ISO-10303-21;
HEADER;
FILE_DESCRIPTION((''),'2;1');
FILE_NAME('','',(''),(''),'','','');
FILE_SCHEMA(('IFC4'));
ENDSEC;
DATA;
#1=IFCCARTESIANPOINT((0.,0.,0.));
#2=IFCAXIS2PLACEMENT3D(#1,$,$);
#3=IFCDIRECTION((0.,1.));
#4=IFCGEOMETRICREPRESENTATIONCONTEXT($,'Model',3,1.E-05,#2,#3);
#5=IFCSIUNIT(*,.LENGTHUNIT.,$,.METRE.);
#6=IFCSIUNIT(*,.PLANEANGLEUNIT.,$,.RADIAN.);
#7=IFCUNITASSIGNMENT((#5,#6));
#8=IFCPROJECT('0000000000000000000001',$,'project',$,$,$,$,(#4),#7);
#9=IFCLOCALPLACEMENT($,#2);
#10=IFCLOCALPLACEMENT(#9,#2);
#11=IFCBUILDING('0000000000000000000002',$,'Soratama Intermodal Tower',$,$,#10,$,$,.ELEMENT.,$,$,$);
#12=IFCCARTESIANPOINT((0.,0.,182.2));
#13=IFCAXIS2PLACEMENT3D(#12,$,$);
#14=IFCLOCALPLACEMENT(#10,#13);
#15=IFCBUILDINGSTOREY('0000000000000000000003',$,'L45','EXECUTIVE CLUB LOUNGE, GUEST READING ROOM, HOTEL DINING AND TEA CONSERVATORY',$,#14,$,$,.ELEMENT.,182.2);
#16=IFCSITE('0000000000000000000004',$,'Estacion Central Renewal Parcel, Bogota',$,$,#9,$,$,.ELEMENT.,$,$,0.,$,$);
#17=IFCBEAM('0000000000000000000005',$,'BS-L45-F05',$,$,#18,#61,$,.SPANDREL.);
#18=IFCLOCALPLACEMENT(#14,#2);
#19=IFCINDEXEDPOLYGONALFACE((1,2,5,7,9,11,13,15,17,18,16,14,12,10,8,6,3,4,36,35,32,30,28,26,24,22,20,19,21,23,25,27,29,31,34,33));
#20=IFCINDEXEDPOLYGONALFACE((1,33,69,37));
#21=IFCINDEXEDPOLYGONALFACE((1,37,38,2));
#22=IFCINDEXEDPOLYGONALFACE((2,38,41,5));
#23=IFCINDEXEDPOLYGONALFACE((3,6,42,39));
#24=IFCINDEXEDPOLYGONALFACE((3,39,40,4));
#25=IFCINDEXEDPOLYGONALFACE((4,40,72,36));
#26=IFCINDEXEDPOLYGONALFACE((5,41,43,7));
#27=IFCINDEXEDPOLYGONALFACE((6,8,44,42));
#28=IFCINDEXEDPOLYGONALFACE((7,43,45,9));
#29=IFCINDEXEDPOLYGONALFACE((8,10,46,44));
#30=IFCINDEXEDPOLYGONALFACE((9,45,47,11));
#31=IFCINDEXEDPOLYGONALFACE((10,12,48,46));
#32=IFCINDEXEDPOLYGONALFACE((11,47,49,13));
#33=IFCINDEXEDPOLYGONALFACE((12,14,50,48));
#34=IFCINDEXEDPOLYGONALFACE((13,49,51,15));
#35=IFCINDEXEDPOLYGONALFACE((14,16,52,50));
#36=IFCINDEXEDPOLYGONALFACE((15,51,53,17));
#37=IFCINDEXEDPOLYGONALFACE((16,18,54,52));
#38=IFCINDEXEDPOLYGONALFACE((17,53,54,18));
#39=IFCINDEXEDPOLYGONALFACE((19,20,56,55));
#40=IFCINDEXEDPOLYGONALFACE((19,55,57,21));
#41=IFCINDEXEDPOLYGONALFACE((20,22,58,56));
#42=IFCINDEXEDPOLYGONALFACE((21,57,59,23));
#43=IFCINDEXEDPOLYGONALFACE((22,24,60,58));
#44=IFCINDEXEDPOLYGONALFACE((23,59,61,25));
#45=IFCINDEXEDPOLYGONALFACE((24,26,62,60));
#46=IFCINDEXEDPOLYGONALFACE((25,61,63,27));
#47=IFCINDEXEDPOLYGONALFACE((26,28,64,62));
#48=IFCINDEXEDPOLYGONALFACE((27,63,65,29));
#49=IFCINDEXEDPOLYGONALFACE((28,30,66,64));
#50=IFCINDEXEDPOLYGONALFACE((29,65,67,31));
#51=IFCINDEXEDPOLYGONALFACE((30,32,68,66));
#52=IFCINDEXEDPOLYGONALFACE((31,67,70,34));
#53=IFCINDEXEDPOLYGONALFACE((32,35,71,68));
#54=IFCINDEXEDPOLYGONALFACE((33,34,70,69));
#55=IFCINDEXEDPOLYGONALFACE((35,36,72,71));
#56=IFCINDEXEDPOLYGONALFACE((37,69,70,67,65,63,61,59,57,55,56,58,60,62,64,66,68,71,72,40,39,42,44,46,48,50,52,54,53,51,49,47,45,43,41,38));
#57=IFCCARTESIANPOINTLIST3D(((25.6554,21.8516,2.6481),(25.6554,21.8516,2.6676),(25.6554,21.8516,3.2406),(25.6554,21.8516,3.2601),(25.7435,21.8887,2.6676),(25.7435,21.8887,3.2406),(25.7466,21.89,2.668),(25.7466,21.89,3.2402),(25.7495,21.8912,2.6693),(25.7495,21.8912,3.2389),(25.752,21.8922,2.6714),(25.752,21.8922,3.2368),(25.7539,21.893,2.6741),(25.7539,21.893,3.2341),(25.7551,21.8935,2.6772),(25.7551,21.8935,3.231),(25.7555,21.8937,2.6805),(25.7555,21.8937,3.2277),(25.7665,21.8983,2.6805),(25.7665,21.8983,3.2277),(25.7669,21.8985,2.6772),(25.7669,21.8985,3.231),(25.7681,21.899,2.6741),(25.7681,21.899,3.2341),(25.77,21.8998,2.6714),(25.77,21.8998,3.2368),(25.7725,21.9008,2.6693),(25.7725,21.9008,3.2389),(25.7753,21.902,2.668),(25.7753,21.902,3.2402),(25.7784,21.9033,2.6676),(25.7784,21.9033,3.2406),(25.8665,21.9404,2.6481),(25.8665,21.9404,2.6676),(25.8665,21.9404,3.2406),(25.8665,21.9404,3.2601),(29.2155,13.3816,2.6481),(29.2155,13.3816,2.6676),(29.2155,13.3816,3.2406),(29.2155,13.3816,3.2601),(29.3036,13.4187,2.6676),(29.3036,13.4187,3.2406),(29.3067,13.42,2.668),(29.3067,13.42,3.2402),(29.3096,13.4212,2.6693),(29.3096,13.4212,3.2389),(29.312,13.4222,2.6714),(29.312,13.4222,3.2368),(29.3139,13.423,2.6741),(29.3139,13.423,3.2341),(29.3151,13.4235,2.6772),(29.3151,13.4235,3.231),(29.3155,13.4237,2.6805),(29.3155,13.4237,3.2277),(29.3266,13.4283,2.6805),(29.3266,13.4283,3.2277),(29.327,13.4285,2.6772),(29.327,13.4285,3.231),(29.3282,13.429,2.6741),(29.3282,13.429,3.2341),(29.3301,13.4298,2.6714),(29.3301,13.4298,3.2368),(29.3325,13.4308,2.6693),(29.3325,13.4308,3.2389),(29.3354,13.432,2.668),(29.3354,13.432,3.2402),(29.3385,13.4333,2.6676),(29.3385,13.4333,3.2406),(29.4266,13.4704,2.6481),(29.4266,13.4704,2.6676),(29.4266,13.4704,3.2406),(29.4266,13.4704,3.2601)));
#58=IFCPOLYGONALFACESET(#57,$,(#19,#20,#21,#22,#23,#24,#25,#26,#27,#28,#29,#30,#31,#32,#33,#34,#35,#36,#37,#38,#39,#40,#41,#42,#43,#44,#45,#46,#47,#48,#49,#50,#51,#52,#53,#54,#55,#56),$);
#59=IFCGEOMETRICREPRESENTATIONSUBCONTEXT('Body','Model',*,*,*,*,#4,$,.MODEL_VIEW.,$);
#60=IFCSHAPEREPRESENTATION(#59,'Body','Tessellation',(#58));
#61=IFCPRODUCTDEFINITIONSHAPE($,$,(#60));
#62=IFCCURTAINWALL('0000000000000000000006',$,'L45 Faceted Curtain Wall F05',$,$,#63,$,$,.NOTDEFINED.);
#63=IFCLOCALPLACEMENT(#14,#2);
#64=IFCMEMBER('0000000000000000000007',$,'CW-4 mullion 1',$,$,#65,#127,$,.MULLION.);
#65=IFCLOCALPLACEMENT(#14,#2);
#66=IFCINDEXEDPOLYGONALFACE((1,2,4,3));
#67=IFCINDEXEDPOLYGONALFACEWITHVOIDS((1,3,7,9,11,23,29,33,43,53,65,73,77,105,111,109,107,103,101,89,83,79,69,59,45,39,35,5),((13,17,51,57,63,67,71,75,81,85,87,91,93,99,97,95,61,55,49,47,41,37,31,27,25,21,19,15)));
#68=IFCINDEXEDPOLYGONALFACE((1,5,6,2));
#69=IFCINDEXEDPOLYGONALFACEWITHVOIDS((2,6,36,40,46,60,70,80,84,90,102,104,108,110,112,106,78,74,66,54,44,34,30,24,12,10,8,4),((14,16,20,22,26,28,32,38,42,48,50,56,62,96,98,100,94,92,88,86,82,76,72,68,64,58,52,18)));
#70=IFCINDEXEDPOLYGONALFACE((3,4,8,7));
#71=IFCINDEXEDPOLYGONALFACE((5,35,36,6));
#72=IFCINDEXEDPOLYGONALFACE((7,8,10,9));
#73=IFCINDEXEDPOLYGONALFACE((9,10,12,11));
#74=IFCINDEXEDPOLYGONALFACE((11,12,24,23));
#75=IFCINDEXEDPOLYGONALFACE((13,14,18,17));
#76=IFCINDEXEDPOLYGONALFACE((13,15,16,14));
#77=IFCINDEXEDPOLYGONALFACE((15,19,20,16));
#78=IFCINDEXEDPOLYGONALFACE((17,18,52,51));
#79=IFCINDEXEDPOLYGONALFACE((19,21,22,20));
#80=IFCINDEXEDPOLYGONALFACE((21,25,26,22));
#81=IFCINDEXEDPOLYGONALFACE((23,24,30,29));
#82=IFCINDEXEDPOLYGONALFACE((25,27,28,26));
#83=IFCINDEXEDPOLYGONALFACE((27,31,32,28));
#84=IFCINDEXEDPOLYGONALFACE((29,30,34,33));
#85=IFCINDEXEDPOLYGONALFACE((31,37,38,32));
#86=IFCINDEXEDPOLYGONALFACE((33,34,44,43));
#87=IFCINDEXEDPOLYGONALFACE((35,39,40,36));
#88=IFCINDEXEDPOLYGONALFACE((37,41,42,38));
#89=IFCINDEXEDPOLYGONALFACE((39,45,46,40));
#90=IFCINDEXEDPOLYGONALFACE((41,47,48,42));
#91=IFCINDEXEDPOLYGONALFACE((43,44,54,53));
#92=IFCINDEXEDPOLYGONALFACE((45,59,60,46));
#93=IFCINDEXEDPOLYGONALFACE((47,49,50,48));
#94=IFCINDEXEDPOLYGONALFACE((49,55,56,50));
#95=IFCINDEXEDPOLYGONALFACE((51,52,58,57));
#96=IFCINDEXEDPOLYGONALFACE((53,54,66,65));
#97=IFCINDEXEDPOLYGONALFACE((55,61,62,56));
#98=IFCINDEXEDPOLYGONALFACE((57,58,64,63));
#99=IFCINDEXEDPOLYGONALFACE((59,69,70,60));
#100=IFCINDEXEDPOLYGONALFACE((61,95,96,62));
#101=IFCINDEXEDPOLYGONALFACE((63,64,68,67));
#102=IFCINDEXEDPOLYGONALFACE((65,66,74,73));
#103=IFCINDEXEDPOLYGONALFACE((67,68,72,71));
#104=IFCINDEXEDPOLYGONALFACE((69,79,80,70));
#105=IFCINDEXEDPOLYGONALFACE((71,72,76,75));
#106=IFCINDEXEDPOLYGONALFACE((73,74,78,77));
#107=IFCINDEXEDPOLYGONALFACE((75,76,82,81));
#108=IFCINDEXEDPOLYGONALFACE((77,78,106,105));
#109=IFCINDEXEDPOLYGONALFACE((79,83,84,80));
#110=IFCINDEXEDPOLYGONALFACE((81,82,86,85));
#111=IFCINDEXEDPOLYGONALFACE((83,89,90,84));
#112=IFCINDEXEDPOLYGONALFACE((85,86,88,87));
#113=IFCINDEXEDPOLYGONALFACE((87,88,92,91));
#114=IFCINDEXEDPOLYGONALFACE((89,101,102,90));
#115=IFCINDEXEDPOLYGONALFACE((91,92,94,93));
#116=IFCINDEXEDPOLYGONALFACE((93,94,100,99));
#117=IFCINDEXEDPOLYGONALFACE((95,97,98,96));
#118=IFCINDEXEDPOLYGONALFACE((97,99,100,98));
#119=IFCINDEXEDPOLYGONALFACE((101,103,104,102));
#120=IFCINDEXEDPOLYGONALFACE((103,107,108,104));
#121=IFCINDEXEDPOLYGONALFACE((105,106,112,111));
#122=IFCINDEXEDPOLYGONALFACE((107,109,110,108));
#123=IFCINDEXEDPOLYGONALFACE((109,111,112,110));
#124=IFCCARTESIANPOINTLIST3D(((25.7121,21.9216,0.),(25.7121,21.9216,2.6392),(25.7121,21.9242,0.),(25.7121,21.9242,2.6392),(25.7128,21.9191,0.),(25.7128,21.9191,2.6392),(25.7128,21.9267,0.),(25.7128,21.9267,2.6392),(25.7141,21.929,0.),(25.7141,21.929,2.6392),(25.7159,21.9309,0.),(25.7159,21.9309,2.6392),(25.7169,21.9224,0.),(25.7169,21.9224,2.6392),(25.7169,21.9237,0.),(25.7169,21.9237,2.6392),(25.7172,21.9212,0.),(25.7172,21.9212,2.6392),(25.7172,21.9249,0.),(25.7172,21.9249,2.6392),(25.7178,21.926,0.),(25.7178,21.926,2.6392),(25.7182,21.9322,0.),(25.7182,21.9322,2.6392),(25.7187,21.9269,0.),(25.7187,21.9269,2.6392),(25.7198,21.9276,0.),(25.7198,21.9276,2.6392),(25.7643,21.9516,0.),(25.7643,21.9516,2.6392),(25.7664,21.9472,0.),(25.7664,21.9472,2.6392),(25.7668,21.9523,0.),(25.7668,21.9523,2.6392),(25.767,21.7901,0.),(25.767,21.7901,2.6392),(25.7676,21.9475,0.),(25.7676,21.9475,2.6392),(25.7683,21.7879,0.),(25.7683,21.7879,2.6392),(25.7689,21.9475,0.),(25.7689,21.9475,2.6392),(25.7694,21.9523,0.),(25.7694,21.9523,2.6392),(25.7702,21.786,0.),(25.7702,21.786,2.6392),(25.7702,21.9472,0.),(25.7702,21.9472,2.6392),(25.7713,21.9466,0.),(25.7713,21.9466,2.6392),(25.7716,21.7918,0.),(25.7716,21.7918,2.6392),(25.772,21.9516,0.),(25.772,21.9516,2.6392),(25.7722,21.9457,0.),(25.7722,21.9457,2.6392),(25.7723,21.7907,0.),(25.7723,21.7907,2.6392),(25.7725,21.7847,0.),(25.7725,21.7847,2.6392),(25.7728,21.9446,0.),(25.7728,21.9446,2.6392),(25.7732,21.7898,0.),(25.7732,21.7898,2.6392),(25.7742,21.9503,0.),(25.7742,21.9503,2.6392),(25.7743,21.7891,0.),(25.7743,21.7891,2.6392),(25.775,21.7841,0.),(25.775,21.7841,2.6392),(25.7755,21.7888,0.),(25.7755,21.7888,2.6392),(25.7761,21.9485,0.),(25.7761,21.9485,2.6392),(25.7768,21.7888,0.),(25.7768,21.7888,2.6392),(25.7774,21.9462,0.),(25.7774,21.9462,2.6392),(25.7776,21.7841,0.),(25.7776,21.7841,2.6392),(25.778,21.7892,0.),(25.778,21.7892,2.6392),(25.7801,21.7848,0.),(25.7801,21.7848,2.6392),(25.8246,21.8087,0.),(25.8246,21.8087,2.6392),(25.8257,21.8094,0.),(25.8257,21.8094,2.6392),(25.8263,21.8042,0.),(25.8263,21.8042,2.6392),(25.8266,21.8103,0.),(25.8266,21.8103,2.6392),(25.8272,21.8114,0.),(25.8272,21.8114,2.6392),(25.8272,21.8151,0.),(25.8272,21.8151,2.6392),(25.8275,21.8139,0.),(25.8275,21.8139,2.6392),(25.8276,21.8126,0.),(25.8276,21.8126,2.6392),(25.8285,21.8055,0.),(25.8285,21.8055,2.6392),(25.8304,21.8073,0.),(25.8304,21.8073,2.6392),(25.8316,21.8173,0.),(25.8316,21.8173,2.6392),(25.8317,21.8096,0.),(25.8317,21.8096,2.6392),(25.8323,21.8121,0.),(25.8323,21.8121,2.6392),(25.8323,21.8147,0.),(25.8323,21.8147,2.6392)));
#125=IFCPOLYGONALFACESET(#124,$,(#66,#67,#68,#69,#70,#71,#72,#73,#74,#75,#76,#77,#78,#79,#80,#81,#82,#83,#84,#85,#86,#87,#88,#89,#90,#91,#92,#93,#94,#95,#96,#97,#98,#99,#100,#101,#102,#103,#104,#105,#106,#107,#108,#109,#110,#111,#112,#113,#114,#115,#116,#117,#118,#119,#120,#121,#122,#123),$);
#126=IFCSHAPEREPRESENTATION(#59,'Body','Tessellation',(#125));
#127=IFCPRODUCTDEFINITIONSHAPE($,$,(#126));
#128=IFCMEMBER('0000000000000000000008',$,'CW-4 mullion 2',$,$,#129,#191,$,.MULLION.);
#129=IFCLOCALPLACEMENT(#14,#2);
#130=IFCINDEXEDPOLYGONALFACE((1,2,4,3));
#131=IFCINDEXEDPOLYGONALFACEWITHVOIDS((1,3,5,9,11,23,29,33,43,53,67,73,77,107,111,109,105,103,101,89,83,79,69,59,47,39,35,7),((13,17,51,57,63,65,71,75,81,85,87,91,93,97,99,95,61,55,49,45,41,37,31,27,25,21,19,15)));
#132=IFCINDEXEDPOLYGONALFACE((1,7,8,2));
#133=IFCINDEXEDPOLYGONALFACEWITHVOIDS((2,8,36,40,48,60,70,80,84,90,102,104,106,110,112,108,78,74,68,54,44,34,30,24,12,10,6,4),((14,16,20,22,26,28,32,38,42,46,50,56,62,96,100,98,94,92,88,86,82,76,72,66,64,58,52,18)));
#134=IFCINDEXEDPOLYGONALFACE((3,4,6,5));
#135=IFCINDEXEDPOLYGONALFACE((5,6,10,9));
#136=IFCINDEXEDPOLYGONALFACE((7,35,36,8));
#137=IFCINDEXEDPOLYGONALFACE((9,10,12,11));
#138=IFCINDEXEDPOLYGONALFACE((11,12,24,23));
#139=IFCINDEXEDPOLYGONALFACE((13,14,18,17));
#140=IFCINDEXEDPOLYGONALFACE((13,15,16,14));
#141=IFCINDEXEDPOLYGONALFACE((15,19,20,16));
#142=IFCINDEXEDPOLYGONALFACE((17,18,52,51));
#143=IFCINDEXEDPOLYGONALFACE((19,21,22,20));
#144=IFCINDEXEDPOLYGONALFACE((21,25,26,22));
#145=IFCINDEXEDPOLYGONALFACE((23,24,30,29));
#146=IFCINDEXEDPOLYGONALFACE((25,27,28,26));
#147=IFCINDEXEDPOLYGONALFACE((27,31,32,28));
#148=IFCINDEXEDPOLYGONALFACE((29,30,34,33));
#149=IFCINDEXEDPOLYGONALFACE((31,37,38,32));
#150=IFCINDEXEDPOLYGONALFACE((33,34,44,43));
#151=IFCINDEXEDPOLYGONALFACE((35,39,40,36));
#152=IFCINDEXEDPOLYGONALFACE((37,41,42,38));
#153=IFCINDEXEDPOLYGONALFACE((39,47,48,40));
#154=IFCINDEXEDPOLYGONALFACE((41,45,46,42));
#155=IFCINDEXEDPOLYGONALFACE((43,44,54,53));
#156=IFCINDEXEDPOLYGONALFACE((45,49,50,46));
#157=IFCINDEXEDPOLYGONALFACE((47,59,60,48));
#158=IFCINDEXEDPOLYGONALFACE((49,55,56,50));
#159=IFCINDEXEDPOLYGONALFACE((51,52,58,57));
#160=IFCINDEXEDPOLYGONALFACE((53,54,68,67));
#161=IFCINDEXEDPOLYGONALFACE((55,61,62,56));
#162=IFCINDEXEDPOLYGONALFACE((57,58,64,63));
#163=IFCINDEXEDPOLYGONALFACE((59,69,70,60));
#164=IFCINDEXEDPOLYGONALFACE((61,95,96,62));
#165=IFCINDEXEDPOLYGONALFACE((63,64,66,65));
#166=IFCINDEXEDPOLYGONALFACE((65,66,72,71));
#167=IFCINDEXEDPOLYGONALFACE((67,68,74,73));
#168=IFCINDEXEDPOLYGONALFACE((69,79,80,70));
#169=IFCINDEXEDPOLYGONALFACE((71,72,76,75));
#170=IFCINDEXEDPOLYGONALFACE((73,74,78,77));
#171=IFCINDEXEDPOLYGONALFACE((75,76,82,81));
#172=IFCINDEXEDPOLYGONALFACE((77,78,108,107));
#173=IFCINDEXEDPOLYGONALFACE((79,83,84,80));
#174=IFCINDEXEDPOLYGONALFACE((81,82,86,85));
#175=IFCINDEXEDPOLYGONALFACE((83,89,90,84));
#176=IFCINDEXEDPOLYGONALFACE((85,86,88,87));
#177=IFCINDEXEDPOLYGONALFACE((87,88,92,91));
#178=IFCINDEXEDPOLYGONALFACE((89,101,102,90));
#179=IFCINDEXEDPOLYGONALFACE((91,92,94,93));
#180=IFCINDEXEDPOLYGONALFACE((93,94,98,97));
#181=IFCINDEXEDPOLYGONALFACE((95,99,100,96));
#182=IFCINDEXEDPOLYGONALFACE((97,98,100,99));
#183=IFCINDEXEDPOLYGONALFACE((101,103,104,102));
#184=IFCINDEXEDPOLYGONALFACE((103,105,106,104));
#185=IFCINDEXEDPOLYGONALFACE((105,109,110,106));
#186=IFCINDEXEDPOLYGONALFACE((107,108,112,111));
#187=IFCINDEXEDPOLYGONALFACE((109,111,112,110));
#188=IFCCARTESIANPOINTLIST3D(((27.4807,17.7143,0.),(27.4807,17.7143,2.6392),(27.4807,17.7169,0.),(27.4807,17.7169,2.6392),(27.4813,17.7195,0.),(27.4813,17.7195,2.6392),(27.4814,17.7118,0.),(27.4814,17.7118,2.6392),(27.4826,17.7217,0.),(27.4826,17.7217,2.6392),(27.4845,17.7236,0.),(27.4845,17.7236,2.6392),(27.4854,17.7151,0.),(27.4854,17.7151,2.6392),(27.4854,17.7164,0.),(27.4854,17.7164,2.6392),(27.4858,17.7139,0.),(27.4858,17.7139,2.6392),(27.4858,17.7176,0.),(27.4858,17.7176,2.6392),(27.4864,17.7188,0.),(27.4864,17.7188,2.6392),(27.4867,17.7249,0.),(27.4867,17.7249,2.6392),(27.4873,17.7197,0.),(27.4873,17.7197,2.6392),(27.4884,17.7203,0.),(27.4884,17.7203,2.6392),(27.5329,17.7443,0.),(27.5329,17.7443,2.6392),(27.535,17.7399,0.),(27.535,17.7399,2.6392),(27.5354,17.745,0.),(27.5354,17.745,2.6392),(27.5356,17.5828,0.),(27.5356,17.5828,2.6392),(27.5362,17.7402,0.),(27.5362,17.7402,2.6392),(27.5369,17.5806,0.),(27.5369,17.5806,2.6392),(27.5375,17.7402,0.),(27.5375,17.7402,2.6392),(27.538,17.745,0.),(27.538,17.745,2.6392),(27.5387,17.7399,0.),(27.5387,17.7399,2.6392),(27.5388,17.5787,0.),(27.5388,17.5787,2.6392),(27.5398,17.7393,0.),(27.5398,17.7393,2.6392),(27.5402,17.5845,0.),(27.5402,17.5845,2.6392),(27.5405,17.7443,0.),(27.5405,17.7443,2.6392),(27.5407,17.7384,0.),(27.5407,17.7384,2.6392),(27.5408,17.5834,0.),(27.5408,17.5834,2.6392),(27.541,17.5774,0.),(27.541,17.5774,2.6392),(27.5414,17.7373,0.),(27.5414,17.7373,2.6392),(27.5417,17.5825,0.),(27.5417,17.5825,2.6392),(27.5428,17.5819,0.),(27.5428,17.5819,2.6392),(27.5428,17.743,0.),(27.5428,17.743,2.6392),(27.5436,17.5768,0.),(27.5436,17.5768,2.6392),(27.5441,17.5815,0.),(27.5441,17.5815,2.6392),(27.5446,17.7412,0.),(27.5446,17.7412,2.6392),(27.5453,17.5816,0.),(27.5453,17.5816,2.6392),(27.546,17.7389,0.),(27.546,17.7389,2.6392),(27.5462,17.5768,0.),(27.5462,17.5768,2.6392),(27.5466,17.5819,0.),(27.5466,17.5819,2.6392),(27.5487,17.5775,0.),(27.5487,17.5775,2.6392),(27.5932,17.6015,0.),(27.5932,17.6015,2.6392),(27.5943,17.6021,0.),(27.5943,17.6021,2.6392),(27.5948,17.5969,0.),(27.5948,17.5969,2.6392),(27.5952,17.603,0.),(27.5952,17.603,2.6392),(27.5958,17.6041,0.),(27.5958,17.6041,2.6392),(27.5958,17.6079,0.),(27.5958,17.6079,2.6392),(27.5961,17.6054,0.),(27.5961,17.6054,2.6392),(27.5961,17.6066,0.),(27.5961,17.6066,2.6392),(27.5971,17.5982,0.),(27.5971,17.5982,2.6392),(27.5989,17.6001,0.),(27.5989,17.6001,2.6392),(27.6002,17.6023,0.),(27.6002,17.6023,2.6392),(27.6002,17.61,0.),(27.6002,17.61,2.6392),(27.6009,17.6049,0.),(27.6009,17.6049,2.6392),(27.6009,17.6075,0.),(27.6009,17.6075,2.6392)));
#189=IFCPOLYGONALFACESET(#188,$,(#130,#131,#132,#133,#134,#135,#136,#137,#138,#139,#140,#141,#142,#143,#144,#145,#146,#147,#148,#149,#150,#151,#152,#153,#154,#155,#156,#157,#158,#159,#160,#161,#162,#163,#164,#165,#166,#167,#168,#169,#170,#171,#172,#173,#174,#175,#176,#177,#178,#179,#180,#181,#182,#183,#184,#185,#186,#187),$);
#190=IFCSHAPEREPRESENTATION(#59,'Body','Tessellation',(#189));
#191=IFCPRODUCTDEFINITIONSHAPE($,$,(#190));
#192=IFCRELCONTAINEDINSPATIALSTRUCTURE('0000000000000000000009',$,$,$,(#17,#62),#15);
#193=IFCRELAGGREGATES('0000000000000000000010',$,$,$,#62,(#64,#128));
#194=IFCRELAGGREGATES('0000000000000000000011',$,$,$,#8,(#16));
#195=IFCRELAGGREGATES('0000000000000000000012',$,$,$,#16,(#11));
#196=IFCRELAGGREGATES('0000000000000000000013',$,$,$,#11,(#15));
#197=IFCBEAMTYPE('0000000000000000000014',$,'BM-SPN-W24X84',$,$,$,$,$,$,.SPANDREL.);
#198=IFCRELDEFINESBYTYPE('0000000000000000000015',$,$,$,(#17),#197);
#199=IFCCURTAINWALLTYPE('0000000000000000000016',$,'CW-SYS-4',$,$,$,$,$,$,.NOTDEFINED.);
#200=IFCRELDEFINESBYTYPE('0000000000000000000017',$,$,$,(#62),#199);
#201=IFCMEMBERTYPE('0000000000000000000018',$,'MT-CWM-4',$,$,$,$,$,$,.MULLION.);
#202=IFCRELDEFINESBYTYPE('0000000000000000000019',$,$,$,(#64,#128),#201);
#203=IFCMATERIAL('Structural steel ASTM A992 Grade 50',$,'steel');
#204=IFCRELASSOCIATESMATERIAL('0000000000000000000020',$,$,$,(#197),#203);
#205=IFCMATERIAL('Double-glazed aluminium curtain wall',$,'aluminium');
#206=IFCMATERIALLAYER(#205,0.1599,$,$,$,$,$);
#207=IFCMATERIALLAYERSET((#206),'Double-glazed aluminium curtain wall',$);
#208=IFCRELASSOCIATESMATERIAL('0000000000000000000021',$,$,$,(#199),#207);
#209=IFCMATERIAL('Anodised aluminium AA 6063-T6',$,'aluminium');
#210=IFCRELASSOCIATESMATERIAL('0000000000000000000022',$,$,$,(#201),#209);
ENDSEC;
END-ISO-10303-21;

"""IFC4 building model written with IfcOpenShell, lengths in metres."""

from ifc_helpers import new_model, si_unit, direction, frame, origin, origin_2d, place, context, subcontext, project, spatial, hollow_rectangle, i_section, extrude, material, layer, layer_set, material_profile, profile_set, type_object, element, aggregate, save


model = new_model("IFC4")

# Units and contexts
model_context = context("Model", 3, precision=1e-05, world=origin(), true_north=direction((0.0, 1.0)))
body_context = subcontext(model_context, "Body", "Model", "MODEL_VIEW")
ifc_project = project(units=[si_unit("LENGTHUNIT", "METRE"), si_unit("PLANEANGLEUNIT", "RADIAN")], contexts=[model_context])

# Site, building, storey
site_placement = place(None, origin())
site = spatial("IfcSite", under=ifc_project, at=site_placement, Name="Estacion Central Renewal Parcel, Bogota", CompositionType="ELEMENT", RefElevation=0.0)
building_placement = place(site_placement, origin())
building = spatial("IfcBuilding", under=site, at=building_placement, Name="Soratama Intermodal Tower", CompositionType="ELEMENT")
storey_placement = place(building_placement, frame((0.0, 0.0, 182.2)))
storey = spatial("IfcBuildingStorey", under=building, at=storey_placement, Name="L45", Description="EXECUTIVE CLUB LOUNGE, GUEST READING ROOM, HOTEL DINING AND TEA CONSERVATORY", CompositionType="ELEMENT", Elevation=182.2)

# Beam
ifc_material_1 = material(Name="Structural steel ASTM A992 Grade 50", Category="steel")
ifc_material_profile_1 = material_profile(ifc_material_1, i_section(OverallWidth=0.229, OverallDepth=0.6121, WebThickness=0.012, FlangeThickness=0.0195, FilletRadius=0.0129, at=origin_2d()), Name="W24X84")
ifc_profile_set_1 = profile_set([ifc_material_profile_1], Name="Structural steel ASTM A992 Grade 50")
beam_type = type_object("IfcBeamType", Name="BM-SPN-W24X84", PredefinedType="SPANDREL", material=ifc_profile_set_1)
beam_placement = place(storey_placement, frame((25.761, 21.896, 2.9541), z_axis=(0.38748, -0.921878, 0.0), x_axis=(0.921878, 0.38748, 0.0)))
element("IfcBeam", 1, at=beam_placement, inside=storey, type_object=beam_type, Name="BS-L45-F05", PredefinedType="SPANDREL", context=body_context, shape_type="SweptSolid", body=[
    extrude(i_section(OverallWidth=0.229, OverallDepth=0.6121, WebThickness=0.012, FlangeThickness=0.0195, FilletRadius=0.0129, at=origin_2d()), origin(), (0.0, 0.0, 1.0), 9.1877),
])

# Curtain wall, members
ifc_material_2 = material(Name="Double-glazed aluminium curtain wall", Category="aluminium")
ifc_layer_1 = layer(ifc_material_2, 0.1599)
ifc_layer_set_1 = layer_set([ifc_layer_1], Name="Double-glazed aluminium curtain wall")
curtain_wall_type = type_object("IfcCurtainWallType", Name="CW-SYS-4", PredefinedType="NOTDEFINED", material=ifc_layer_set_1)
curtain_wall_placement = place(storey_placement, origin())
curtain_wall = element("IfcCurtainWall", 2, at=curtain_wall_placement, inside=storey, type_object=curtain_wall_type, Name="L45 Faceted Curtain Wall F05", PredefinedType="NOTDEFINED")
ifc_material_3 = material(Name="Anodised aluminium AA 6063-T6", Category="aluminium")
ifc_material_profile_2 = material_profile(ifc_material_3, hollow_rectangle(XDim=0.0701, YDim=0.1599, WallThickness=0.0049, InnerFilletRadius=0.0049, OuterFilletRadius=0.01, at=origin_2d()), Name="CWM160X70X5")
ifc_profile_set_2 = profile_set([ifc_material_profile_2], Name="Anodised aluminium AA 6063-T6")
member_type_1 = type_object("IfcMemberType", Name="MT-CWM-4", PredefinedType="MULLION", material=ifc_profile_set_2)
member_1_placement = place(storey_placement, frame((25.7722, 21.8682, 0.0), z_axis=(0.0, 0.0, 1.0), x_axis=(0.921861, 0.387521, 0.0)))
member_1 = element("IfcMember", 3, at=member_1_placement, type_object=member_type_1, Name="CW-4 mullion 1", PredefinedType="MULLION", context=body_context, shape_type="SweptSolid", body=[
    extrude(hollow_rectangle(XDim=0.0701, YDim=0.1599, WallThickness=0.0049, InnerFilletRadius=0.0049, OuterFilletRadius=0.01, at=origin_2d()), origin(), (0.0, 0.0, 1.0), 2.6392),
])
member_2_placement = place(storey_placement, frame((27.5408, 17.6609, 0.0), z_axis=(0.0, 0.0, 1.0), x_axis=(0.921861, 0.387521, 0.0)))
member_2 = element("IfcMember", 4, at=member_2_placement, type_object=member_type_1, Name="CW-4 mullion 2", PredefinedType="MULLION", context=body_context, shape_type="SweptSolid", body=[
    extrude(hollow_rectangle(XDim=0.0701, YDim=0.1599, WallThickness=0.0049, InnerFilletRadius=0.0049, OuterFilletRadius=0.01, at=origin_2d()), origin(), (0.0, 0.0, 1.0), 2.6392),
])
aggregate(curtain_wall, [member_1, member_2])

save(model, "model.ifc")
